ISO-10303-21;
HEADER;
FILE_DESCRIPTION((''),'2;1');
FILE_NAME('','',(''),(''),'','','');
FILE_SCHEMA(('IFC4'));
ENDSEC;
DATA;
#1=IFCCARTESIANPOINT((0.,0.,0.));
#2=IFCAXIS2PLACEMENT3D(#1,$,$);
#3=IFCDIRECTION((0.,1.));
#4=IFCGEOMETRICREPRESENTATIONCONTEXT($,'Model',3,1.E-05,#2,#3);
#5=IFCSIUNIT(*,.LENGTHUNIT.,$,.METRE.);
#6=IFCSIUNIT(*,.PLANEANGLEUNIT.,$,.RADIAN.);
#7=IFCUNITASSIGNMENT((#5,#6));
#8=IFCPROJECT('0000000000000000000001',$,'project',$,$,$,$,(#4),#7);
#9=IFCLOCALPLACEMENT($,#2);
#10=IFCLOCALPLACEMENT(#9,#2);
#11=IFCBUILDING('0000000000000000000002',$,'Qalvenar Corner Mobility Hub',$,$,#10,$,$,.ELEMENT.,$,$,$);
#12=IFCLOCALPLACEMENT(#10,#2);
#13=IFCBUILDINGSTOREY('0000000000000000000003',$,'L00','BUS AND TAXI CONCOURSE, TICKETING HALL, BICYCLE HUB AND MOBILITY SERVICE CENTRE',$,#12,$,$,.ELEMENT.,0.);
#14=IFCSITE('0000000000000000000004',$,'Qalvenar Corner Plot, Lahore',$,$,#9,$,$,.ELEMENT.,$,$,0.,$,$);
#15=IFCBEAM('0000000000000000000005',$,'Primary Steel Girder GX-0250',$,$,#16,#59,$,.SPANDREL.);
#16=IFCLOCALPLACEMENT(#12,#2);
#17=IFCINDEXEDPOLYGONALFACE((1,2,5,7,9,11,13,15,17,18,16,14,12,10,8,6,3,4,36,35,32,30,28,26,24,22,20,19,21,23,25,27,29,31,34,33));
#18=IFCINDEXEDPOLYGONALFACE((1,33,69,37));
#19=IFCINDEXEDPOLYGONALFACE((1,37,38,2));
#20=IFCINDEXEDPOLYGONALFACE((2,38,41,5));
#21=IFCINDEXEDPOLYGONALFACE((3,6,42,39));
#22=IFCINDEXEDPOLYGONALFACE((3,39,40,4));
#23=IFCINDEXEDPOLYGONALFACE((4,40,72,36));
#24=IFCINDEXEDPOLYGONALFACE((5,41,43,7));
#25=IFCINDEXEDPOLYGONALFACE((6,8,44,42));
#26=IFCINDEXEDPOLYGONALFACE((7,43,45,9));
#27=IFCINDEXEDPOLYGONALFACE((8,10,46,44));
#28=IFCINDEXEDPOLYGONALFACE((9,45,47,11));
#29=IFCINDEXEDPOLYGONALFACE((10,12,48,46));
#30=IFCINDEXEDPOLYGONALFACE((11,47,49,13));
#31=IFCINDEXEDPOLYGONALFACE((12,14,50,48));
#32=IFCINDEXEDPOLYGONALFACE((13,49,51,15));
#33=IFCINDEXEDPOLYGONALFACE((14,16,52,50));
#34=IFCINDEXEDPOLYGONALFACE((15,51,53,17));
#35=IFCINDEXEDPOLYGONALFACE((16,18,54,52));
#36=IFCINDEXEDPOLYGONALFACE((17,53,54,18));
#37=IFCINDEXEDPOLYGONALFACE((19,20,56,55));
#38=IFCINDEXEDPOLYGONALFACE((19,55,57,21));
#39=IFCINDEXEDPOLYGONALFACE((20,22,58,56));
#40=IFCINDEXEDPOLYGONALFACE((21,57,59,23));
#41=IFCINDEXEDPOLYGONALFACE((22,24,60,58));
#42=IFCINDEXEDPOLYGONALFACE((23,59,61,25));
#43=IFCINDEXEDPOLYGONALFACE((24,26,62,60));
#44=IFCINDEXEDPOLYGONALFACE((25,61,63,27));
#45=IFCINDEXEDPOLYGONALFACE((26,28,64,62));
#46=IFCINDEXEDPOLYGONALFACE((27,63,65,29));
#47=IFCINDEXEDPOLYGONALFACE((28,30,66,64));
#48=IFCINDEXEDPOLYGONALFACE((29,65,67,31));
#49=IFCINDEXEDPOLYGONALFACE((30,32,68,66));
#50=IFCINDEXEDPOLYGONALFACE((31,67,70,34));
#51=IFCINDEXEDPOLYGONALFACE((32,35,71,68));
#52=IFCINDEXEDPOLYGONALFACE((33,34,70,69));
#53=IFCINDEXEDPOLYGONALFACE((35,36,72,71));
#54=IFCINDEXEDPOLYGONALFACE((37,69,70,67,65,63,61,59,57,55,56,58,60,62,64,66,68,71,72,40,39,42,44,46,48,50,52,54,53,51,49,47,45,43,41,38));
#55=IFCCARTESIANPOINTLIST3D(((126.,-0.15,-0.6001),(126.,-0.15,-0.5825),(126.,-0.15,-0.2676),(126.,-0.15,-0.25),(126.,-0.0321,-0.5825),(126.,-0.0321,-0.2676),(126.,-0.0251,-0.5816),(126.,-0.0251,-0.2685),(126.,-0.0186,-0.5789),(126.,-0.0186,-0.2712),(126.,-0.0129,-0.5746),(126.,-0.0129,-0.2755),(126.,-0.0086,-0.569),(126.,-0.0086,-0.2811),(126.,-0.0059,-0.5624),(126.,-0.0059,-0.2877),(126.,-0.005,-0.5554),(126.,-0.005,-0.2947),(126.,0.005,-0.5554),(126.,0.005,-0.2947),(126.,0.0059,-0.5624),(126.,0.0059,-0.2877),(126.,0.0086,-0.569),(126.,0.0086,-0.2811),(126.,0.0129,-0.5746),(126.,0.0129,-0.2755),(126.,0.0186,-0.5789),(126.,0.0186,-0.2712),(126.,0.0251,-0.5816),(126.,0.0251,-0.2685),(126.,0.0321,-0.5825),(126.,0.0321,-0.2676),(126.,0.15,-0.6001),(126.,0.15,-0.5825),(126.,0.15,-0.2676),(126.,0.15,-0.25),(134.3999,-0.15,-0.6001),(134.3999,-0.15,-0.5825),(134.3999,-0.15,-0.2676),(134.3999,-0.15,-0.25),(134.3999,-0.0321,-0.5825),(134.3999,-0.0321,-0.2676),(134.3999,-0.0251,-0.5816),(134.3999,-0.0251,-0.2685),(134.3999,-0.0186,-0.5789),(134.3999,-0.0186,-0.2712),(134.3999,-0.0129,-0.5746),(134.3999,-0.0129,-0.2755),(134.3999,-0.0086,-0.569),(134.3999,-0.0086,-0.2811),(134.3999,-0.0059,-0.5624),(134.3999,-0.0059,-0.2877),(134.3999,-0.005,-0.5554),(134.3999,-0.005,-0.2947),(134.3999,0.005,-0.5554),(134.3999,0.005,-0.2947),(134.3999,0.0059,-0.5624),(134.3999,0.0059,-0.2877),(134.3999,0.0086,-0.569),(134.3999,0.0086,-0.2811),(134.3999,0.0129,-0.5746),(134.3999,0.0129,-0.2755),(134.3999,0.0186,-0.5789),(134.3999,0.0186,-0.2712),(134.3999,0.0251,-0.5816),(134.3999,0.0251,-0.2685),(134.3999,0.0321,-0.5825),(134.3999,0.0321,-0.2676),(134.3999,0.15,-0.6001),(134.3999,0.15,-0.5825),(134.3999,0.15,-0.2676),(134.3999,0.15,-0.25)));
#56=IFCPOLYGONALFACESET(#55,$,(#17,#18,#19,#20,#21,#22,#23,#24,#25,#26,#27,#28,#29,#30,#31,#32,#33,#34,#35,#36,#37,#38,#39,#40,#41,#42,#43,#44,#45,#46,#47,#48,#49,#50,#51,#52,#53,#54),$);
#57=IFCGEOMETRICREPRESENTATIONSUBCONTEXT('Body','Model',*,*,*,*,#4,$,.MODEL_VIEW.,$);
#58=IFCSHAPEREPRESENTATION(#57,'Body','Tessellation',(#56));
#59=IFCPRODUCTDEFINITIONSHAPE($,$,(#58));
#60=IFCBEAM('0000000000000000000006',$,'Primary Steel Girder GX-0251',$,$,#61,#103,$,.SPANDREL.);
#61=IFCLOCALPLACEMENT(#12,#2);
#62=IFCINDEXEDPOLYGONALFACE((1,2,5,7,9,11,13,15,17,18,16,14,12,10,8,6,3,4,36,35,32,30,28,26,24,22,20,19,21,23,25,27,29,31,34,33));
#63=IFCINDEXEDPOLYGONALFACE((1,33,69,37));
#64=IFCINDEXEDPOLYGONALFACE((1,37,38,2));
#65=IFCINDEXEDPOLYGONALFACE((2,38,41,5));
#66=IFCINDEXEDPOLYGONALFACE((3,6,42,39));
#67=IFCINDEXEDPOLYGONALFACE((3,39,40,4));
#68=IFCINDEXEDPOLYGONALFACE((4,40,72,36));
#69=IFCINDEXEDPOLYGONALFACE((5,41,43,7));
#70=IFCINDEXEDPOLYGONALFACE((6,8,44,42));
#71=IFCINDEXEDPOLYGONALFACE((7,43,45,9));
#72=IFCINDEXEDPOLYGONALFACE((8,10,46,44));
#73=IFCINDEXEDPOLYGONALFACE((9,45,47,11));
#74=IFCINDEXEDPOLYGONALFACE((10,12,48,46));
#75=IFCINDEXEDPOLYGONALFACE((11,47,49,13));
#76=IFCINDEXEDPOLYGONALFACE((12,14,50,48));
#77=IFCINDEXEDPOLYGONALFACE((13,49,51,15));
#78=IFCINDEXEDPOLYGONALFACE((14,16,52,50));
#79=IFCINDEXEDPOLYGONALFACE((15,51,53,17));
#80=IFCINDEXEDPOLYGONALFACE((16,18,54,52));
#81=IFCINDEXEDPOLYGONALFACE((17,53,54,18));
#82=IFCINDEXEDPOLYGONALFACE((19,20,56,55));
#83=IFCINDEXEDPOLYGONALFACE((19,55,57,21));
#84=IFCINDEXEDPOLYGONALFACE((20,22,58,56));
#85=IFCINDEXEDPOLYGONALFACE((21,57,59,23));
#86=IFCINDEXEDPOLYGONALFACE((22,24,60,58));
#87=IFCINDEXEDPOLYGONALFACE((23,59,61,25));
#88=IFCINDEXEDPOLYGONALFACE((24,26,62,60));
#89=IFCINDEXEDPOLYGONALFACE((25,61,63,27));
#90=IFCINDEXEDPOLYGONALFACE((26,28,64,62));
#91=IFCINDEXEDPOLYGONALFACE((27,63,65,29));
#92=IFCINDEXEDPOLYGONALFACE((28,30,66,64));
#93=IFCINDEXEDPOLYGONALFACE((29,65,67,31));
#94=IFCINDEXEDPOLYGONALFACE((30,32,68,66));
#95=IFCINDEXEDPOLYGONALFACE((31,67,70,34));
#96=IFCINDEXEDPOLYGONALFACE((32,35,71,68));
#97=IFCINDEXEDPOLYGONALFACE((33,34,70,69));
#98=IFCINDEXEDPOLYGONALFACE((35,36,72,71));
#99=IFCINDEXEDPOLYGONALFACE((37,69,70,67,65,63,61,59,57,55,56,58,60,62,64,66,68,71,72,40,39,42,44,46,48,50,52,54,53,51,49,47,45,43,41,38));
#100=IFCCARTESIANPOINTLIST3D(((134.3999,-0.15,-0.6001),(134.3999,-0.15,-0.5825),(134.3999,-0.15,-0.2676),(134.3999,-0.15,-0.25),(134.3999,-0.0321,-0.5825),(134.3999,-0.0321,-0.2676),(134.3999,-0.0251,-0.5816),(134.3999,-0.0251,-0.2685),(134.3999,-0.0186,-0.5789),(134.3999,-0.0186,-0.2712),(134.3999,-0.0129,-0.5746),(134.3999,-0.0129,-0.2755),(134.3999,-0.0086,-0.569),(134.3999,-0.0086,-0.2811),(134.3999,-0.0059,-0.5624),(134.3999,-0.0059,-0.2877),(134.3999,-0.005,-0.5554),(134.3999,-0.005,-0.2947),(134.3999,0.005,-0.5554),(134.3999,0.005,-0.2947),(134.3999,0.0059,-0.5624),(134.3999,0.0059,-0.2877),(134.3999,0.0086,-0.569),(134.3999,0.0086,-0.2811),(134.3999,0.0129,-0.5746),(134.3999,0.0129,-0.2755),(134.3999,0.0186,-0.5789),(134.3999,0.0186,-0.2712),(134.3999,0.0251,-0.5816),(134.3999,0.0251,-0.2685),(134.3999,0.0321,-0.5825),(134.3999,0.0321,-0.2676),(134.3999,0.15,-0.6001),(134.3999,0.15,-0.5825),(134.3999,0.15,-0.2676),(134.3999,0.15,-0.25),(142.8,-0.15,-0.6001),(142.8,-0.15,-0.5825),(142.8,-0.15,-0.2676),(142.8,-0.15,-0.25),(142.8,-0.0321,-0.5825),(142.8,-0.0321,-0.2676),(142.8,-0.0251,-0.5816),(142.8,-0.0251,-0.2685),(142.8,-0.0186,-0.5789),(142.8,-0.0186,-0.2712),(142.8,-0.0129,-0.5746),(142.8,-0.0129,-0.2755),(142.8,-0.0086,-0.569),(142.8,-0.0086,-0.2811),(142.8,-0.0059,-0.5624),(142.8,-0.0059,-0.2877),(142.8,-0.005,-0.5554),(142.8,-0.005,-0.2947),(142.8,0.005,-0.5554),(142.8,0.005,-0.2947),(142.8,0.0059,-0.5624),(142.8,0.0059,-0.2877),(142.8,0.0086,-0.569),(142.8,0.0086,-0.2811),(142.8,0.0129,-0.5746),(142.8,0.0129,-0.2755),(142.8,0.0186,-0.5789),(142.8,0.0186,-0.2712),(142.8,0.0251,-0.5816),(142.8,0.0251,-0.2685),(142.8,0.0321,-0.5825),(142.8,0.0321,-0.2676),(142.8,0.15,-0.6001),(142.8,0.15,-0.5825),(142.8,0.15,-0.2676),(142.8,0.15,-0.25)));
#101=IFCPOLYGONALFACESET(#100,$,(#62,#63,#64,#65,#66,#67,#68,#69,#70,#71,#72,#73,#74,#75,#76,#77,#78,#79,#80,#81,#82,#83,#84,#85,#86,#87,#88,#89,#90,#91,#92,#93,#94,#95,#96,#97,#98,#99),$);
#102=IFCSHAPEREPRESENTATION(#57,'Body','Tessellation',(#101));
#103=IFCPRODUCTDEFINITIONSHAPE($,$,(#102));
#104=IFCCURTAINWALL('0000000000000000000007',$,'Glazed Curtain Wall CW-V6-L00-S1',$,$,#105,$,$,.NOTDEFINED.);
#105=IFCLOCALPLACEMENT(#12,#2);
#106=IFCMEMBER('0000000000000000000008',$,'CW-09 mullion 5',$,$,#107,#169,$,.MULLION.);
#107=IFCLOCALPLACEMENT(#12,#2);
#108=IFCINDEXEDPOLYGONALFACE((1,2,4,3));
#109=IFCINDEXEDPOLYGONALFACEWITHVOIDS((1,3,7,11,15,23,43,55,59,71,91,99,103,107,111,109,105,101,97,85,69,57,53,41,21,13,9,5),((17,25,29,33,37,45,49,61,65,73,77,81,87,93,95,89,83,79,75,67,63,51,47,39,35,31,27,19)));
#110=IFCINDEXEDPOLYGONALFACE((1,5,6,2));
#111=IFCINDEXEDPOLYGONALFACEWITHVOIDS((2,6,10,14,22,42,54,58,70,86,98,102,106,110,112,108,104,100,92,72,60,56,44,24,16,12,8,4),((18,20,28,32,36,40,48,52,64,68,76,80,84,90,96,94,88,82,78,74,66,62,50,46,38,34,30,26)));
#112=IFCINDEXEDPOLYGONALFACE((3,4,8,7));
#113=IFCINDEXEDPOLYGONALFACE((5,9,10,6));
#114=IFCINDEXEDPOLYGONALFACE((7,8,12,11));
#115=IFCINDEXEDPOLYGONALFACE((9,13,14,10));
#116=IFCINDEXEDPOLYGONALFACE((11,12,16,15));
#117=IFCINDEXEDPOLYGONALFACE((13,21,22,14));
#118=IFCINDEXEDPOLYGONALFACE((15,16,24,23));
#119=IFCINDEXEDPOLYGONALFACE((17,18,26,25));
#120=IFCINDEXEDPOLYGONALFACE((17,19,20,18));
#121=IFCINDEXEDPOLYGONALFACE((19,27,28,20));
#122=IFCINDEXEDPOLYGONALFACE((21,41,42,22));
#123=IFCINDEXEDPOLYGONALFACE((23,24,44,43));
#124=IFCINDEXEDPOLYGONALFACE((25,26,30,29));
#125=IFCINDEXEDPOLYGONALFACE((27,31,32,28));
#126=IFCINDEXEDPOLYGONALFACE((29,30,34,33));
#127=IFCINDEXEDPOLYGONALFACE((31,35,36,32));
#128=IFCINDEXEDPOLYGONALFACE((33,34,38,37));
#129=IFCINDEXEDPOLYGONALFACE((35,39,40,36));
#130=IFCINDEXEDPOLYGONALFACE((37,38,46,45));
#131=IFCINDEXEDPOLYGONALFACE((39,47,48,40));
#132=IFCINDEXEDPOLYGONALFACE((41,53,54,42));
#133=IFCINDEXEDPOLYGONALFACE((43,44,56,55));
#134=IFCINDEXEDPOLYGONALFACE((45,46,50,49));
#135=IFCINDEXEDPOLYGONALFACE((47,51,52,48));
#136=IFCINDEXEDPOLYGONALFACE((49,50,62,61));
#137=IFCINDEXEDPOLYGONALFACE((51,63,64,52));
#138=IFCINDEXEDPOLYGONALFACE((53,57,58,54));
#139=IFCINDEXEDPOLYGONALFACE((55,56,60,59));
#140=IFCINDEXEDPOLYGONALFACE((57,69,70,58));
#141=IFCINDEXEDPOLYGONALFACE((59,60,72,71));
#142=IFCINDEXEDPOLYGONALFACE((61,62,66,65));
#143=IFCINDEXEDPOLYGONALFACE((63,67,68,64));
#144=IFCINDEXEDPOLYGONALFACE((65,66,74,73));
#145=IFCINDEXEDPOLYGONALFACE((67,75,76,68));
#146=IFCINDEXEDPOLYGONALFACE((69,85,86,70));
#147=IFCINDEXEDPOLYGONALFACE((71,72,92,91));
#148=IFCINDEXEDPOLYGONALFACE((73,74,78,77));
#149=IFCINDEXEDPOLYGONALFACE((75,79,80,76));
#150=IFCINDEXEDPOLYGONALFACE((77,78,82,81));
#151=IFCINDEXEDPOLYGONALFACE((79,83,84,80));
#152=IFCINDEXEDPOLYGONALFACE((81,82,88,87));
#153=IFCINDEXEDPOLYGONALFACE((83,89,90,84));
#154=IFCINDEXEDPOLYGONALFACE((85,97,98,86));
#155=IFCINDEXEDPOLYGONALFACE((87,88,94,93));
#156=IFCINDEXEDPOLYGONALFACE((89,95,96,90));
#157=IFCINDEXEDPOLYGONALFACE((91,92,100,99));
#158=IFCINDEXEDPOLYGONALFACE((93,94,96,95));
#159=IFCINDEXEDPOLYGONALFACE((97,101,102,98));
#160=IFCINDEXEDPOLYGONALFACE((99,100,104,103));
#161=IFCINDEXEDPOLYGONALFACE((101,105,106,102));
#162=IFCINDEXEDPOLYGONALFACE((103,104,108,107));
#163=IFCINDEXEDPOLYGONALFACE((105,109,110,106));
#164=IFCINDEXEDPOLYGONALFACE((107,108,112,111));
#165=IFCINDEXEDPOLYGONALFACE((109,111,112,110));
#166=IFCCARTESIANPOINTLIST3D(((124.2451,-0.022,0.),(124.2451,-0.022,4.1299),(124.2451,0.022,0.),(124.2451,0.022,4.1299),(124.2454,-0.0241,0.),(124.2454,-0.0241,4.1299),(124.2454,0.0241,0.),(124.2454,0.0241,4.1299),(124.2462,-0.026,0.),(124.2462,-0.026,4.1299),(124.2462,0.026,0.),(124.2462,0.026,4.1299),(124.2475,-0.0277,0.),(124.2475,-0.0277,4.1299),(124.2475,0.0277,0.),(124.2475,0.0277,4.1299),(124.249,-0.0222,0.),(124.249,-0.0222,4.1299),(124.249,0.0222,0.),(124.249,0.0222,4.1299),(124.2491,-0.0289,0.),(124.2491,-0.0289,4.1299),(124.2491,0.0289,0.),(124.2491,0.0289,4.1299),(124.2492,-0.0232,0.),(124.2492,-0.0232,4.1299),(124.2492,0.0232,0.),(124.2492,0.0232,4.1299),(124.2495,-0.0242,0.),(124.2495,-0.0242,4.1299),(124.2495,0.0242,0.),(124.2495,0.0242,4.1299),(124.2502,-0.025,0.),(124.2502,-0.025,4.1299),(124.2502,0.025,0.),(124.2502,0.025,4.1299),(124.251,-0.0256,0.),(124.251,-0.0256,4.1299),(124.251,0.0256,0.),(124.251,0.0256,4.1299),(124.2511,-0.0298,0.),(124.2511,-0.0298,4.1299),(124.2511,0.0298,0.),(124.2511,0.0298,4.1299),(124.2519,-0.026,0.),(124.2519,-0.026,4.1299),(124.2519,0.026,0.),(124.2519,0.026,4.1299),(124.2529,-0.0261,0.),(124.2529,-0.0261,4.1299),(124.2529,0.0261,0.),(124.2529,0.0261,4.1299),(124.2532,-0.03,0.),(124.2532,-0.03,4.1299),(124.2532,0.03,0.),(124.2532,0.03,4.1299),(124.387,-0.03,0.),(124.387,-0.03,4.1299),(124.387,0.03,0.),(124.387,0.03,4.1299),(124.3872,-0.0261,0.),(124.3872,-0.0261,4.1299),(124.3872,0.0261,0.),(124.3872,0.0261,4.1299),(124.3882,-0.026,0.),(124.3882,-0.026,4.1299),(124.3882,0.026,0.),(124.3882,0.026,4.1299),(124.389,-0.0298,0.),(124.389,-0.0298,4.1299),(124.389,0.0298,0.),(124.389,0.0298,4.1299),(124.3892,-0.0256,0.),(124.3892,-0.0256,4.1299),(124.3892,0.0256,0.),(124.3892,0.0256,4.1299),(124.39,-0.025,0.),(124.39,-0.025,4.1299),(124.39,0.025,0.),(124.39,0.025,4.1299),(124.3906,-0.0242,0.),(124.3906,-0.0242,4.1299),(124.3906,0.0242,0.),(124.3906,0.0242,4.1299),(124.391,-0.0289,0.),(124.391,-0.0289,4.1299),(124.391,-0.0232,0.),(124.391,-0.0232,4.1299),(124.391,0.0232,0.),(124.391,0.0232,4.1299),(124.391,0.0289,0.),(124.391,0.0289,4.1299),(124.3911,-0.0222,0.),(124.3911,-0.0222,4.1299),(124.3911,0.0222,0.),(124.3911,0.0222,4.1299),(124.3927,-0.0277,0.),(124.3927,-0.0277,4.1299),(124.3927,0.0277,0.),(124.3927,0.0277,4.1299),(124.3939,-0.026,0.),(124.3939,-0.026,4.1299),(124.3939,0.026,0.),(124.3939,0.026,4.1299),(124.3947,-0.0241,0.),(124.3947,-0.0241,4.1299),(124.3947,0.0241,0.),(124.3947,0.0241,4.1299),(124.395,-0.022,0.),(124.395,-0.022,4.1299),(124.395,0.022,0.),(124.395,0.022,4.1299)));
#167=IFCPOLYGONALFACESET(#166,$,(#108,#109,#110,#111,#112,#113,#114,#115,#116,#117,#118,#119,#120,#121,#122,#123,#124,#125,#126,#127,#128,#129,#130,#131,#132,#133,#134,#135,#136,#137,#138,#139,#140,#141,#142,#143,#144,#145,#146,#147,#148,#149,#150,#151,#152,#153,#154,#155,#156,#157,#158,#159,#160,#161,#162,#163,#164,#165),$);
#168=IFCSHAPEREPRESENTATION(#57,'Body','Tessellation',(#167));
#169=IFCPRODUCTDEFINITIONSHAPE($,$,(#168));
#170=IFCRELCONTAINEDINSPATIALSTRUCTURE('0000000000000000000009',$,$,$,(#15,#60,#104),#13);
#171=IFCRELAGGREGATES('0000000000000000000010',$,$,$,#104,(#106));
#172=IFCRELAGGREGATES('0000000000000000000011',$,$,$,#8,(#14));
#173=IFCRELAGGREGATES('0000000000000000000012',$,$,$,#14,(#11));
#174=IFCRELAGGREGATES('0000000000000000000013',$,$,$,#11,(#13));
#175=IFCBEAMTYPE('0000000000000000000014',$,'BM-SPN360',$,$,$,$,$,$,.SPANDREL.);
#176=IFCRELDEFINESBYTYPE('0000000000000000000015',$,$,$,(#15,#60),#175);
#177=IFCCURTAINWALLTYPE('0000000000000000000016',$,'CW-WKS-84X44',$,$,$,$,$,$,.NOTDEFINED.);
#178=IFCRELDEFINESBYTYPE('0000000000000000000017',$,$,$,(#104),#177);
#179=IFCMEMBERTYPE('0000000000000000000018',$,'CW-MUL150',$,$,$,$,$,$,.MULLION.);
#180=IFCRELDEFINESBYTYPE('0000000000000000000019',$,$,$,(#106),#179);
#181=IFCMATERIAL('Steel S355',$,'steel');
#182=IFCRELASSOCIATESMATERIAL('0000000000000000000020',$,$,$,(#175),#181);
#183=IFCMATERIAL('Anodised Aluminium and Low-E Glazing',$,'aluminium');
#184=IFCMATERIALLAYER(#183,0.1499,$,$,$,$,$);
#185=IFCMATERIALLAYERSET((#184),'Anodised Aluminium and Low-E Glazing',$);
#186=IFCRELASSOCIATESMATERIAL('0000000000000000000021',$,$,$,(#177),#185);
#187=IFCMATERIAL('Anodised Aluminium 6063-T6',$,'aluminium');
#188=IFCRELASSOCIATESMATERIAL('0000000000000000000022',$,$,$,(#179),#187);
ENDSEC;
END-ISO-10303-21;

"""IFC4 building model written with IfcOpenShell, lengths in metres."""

from ifc_helpers import new_model, si_unit, direction, frame, origin, origin_2d, place, context, subcontext, project, spatial, hollow_rectangle, i_section, extrude, material, layer, layer_set, material_profile, profile_set, type_object, element, aggregate, save


model = new_model("IFC4")

# Units and contexts
model_context = context("Model", 3, precision=1e-05, world=origin(), true_north=direction((0.0, 1.0)))
body_context = subcontext(model_context, "Body", "Model", "MODEL_VIEW")
ifc_project = project(units=[si_unit("LENGTHUNIT", "METRE"), si_unit("PLANEANGLEUNIT", "RADIAN")], contexts=[model_context])

# Site, building, storey
site_placement = place(None, origin())
site = spatial("IfcSite", under=ifc_project, at=site_placement, Name="Qalvenar Corner Plot, Lahore", CompositionType="ELEMENT", RefElevation=0.0)
building_placement = place(site_placement, origin())
building = spatial("IfcBuilding", under=site, at=building_placement, Name="Qalvenar Corner Mobility Hub", CompositionType="ELEMENT")
storey_placement = place(building_placement, origin())
storey = spatial("IfcBuildingStorey", under=building, at=storey_placement, Name="L00", Description="BUS AND TAXI CONCOURSE, TICKETING HALL, BICYCLE HUB AND MOBILITY SERVICE CENTRE", CompositionType="ELEMENT", Elevation=0.0)

# Shared definitions
ifc_material_1 = material(Name="Steel S355", Category="steel")

# Beams
ifc_material_profile_1 = material_profile(ifc_material_1, i_section(OverallWidth=0.3, OverallDepth=0.3501, WebThickness=0.01, FlangeThickness=0.0176, FilletRadius=0.0271, at=origin_2d()), Name="HEA360")
ifc_profile_set_1 = profile_set([ifc_material_profile_1], Name="Steel S355")
beam_type_1 = type_object("IfcBeamType", Name="BM-SPN360", PredefinedType="SPANDREL", material=ifc_profile_set_1)
beam_1_placement = place(storey_placement, frame((126.0, 0.0, -0.425), z_axis=(1.0, 0.0, 0.0), x_axis=(0.0, 1.0, 0.0)))
element("IfcBeam", 1, at=beam_1_placement, inside=storey, type_object=beam_type_1, Name="Primary Steel Girder GX-0250", PredefinedType="SPANDREL", context=body_context, shape_type="SweptSolid", body=[
    extrude(i_section(OverallWidth=0.3, OverallDepth=0.3501, WebThickness=0.01, FlangeThickness=0.0176, FilletRadius=0.0271, at=origin_2d()), origin(), (0.0, 0.0, 1.0), 8.3999),
])
beam_2_placement = place(storey_placement, frame((134.3999, 0.0, -0.425), z_axis=(1.0, 0.0, 0.0), x_axis=(0.0, 1.0, 0.0)))
element("IfcBeam", 2, at=beam_2_placement, inside=storey, type_object=beam_type_1, Name="Primary Steel Girder GX-0251", PredefinedType="SPANDREL", context=body_context, shape_type="SweptSolid", body=[
    extrude(i_section(OverallWidth=0.3, OverallDepth=0.3501, WebThickness=0.01, FlangeThickness=0.0176, FilletRadius=0.0271, at=origin_2d()), origin(), (0.0, 0.0, 1.0), 8.4001),
])

# Curtain wall, member
ifc_material_2 = material(Name="Anodised Aluminium and Low-E Glazing", Category="aluminium")
ifc_layer_1 = layer(ifc_material_2, 0.1499)
ifc_layer_set_1 = layer_set([ifc_layer_1], Name="Anodised Aluminium and Low-E Glazing")
curtain_wall_type = type_object("IfcCurtainWallType", Name="CW-WKS-84X44", PredefinedType="NOTDEFINED", material=ifc_layer_set_1)
curtain_wall_1_placement = place(storey_placement, origin())
curtain_wall_1 = element("IfcCurtainWall", 3, at=curtain_wall_1_placement, inside=storey, type_object=curtain_wall_type, Name="Glazed Curtain Wall CW-V6-L00-S1", PredefinedType="NOTDEFINED")
ifc_material_3 = material(Name="Anodised Aluminium 6063-T6", Category="aluminium")
ifc_material_profile_2 = material_profile(ifc_material_3, hollow_rectangle(XDim=0.0601, YDim=0.1499, WallThickness=0.0039, InnerFilletRadius=0.0039, OuterFilletRadius=0.0081, at=origin_2d()), Name="RHS150x60x4")
ifc_profile_set_2 = profile_set([ifc_material_profile_2], Name="Anodised Aluminium 6063-T6")
member_type_1 = type_object("IfcMemberType", Name="CW-MUL150", PredefinedType="MULLION", material=ifc_profile_set_2)
member_1_placement = place(storey_placement, frame((124.3201, 0.0, 0.0), z_axis=(0.0, 0.0, 1.0), x_axis=(0.0, 1.0, 0.0)))
member_1 = element("IfcMember", 4, at=member_1_placement, type_object=member_type_1, Name="CW-09 mullion 5", PredefinedType="MULLION", context=body_context, shape_type="SweptSolid", body=[
    extrude(hollow_rectangle(XDim=0.0601, YDim=0.1499, WallThickness=0.0039, InnerFilletRadius=0.0039, OuterFilletRadius=0.0081, at=origin_2d()), origin(), (0.0, 0.0, 1.0), 4.1299),
])

aggregate(curtain_wall_1, [member_1])

save(model, "model.ifc")
